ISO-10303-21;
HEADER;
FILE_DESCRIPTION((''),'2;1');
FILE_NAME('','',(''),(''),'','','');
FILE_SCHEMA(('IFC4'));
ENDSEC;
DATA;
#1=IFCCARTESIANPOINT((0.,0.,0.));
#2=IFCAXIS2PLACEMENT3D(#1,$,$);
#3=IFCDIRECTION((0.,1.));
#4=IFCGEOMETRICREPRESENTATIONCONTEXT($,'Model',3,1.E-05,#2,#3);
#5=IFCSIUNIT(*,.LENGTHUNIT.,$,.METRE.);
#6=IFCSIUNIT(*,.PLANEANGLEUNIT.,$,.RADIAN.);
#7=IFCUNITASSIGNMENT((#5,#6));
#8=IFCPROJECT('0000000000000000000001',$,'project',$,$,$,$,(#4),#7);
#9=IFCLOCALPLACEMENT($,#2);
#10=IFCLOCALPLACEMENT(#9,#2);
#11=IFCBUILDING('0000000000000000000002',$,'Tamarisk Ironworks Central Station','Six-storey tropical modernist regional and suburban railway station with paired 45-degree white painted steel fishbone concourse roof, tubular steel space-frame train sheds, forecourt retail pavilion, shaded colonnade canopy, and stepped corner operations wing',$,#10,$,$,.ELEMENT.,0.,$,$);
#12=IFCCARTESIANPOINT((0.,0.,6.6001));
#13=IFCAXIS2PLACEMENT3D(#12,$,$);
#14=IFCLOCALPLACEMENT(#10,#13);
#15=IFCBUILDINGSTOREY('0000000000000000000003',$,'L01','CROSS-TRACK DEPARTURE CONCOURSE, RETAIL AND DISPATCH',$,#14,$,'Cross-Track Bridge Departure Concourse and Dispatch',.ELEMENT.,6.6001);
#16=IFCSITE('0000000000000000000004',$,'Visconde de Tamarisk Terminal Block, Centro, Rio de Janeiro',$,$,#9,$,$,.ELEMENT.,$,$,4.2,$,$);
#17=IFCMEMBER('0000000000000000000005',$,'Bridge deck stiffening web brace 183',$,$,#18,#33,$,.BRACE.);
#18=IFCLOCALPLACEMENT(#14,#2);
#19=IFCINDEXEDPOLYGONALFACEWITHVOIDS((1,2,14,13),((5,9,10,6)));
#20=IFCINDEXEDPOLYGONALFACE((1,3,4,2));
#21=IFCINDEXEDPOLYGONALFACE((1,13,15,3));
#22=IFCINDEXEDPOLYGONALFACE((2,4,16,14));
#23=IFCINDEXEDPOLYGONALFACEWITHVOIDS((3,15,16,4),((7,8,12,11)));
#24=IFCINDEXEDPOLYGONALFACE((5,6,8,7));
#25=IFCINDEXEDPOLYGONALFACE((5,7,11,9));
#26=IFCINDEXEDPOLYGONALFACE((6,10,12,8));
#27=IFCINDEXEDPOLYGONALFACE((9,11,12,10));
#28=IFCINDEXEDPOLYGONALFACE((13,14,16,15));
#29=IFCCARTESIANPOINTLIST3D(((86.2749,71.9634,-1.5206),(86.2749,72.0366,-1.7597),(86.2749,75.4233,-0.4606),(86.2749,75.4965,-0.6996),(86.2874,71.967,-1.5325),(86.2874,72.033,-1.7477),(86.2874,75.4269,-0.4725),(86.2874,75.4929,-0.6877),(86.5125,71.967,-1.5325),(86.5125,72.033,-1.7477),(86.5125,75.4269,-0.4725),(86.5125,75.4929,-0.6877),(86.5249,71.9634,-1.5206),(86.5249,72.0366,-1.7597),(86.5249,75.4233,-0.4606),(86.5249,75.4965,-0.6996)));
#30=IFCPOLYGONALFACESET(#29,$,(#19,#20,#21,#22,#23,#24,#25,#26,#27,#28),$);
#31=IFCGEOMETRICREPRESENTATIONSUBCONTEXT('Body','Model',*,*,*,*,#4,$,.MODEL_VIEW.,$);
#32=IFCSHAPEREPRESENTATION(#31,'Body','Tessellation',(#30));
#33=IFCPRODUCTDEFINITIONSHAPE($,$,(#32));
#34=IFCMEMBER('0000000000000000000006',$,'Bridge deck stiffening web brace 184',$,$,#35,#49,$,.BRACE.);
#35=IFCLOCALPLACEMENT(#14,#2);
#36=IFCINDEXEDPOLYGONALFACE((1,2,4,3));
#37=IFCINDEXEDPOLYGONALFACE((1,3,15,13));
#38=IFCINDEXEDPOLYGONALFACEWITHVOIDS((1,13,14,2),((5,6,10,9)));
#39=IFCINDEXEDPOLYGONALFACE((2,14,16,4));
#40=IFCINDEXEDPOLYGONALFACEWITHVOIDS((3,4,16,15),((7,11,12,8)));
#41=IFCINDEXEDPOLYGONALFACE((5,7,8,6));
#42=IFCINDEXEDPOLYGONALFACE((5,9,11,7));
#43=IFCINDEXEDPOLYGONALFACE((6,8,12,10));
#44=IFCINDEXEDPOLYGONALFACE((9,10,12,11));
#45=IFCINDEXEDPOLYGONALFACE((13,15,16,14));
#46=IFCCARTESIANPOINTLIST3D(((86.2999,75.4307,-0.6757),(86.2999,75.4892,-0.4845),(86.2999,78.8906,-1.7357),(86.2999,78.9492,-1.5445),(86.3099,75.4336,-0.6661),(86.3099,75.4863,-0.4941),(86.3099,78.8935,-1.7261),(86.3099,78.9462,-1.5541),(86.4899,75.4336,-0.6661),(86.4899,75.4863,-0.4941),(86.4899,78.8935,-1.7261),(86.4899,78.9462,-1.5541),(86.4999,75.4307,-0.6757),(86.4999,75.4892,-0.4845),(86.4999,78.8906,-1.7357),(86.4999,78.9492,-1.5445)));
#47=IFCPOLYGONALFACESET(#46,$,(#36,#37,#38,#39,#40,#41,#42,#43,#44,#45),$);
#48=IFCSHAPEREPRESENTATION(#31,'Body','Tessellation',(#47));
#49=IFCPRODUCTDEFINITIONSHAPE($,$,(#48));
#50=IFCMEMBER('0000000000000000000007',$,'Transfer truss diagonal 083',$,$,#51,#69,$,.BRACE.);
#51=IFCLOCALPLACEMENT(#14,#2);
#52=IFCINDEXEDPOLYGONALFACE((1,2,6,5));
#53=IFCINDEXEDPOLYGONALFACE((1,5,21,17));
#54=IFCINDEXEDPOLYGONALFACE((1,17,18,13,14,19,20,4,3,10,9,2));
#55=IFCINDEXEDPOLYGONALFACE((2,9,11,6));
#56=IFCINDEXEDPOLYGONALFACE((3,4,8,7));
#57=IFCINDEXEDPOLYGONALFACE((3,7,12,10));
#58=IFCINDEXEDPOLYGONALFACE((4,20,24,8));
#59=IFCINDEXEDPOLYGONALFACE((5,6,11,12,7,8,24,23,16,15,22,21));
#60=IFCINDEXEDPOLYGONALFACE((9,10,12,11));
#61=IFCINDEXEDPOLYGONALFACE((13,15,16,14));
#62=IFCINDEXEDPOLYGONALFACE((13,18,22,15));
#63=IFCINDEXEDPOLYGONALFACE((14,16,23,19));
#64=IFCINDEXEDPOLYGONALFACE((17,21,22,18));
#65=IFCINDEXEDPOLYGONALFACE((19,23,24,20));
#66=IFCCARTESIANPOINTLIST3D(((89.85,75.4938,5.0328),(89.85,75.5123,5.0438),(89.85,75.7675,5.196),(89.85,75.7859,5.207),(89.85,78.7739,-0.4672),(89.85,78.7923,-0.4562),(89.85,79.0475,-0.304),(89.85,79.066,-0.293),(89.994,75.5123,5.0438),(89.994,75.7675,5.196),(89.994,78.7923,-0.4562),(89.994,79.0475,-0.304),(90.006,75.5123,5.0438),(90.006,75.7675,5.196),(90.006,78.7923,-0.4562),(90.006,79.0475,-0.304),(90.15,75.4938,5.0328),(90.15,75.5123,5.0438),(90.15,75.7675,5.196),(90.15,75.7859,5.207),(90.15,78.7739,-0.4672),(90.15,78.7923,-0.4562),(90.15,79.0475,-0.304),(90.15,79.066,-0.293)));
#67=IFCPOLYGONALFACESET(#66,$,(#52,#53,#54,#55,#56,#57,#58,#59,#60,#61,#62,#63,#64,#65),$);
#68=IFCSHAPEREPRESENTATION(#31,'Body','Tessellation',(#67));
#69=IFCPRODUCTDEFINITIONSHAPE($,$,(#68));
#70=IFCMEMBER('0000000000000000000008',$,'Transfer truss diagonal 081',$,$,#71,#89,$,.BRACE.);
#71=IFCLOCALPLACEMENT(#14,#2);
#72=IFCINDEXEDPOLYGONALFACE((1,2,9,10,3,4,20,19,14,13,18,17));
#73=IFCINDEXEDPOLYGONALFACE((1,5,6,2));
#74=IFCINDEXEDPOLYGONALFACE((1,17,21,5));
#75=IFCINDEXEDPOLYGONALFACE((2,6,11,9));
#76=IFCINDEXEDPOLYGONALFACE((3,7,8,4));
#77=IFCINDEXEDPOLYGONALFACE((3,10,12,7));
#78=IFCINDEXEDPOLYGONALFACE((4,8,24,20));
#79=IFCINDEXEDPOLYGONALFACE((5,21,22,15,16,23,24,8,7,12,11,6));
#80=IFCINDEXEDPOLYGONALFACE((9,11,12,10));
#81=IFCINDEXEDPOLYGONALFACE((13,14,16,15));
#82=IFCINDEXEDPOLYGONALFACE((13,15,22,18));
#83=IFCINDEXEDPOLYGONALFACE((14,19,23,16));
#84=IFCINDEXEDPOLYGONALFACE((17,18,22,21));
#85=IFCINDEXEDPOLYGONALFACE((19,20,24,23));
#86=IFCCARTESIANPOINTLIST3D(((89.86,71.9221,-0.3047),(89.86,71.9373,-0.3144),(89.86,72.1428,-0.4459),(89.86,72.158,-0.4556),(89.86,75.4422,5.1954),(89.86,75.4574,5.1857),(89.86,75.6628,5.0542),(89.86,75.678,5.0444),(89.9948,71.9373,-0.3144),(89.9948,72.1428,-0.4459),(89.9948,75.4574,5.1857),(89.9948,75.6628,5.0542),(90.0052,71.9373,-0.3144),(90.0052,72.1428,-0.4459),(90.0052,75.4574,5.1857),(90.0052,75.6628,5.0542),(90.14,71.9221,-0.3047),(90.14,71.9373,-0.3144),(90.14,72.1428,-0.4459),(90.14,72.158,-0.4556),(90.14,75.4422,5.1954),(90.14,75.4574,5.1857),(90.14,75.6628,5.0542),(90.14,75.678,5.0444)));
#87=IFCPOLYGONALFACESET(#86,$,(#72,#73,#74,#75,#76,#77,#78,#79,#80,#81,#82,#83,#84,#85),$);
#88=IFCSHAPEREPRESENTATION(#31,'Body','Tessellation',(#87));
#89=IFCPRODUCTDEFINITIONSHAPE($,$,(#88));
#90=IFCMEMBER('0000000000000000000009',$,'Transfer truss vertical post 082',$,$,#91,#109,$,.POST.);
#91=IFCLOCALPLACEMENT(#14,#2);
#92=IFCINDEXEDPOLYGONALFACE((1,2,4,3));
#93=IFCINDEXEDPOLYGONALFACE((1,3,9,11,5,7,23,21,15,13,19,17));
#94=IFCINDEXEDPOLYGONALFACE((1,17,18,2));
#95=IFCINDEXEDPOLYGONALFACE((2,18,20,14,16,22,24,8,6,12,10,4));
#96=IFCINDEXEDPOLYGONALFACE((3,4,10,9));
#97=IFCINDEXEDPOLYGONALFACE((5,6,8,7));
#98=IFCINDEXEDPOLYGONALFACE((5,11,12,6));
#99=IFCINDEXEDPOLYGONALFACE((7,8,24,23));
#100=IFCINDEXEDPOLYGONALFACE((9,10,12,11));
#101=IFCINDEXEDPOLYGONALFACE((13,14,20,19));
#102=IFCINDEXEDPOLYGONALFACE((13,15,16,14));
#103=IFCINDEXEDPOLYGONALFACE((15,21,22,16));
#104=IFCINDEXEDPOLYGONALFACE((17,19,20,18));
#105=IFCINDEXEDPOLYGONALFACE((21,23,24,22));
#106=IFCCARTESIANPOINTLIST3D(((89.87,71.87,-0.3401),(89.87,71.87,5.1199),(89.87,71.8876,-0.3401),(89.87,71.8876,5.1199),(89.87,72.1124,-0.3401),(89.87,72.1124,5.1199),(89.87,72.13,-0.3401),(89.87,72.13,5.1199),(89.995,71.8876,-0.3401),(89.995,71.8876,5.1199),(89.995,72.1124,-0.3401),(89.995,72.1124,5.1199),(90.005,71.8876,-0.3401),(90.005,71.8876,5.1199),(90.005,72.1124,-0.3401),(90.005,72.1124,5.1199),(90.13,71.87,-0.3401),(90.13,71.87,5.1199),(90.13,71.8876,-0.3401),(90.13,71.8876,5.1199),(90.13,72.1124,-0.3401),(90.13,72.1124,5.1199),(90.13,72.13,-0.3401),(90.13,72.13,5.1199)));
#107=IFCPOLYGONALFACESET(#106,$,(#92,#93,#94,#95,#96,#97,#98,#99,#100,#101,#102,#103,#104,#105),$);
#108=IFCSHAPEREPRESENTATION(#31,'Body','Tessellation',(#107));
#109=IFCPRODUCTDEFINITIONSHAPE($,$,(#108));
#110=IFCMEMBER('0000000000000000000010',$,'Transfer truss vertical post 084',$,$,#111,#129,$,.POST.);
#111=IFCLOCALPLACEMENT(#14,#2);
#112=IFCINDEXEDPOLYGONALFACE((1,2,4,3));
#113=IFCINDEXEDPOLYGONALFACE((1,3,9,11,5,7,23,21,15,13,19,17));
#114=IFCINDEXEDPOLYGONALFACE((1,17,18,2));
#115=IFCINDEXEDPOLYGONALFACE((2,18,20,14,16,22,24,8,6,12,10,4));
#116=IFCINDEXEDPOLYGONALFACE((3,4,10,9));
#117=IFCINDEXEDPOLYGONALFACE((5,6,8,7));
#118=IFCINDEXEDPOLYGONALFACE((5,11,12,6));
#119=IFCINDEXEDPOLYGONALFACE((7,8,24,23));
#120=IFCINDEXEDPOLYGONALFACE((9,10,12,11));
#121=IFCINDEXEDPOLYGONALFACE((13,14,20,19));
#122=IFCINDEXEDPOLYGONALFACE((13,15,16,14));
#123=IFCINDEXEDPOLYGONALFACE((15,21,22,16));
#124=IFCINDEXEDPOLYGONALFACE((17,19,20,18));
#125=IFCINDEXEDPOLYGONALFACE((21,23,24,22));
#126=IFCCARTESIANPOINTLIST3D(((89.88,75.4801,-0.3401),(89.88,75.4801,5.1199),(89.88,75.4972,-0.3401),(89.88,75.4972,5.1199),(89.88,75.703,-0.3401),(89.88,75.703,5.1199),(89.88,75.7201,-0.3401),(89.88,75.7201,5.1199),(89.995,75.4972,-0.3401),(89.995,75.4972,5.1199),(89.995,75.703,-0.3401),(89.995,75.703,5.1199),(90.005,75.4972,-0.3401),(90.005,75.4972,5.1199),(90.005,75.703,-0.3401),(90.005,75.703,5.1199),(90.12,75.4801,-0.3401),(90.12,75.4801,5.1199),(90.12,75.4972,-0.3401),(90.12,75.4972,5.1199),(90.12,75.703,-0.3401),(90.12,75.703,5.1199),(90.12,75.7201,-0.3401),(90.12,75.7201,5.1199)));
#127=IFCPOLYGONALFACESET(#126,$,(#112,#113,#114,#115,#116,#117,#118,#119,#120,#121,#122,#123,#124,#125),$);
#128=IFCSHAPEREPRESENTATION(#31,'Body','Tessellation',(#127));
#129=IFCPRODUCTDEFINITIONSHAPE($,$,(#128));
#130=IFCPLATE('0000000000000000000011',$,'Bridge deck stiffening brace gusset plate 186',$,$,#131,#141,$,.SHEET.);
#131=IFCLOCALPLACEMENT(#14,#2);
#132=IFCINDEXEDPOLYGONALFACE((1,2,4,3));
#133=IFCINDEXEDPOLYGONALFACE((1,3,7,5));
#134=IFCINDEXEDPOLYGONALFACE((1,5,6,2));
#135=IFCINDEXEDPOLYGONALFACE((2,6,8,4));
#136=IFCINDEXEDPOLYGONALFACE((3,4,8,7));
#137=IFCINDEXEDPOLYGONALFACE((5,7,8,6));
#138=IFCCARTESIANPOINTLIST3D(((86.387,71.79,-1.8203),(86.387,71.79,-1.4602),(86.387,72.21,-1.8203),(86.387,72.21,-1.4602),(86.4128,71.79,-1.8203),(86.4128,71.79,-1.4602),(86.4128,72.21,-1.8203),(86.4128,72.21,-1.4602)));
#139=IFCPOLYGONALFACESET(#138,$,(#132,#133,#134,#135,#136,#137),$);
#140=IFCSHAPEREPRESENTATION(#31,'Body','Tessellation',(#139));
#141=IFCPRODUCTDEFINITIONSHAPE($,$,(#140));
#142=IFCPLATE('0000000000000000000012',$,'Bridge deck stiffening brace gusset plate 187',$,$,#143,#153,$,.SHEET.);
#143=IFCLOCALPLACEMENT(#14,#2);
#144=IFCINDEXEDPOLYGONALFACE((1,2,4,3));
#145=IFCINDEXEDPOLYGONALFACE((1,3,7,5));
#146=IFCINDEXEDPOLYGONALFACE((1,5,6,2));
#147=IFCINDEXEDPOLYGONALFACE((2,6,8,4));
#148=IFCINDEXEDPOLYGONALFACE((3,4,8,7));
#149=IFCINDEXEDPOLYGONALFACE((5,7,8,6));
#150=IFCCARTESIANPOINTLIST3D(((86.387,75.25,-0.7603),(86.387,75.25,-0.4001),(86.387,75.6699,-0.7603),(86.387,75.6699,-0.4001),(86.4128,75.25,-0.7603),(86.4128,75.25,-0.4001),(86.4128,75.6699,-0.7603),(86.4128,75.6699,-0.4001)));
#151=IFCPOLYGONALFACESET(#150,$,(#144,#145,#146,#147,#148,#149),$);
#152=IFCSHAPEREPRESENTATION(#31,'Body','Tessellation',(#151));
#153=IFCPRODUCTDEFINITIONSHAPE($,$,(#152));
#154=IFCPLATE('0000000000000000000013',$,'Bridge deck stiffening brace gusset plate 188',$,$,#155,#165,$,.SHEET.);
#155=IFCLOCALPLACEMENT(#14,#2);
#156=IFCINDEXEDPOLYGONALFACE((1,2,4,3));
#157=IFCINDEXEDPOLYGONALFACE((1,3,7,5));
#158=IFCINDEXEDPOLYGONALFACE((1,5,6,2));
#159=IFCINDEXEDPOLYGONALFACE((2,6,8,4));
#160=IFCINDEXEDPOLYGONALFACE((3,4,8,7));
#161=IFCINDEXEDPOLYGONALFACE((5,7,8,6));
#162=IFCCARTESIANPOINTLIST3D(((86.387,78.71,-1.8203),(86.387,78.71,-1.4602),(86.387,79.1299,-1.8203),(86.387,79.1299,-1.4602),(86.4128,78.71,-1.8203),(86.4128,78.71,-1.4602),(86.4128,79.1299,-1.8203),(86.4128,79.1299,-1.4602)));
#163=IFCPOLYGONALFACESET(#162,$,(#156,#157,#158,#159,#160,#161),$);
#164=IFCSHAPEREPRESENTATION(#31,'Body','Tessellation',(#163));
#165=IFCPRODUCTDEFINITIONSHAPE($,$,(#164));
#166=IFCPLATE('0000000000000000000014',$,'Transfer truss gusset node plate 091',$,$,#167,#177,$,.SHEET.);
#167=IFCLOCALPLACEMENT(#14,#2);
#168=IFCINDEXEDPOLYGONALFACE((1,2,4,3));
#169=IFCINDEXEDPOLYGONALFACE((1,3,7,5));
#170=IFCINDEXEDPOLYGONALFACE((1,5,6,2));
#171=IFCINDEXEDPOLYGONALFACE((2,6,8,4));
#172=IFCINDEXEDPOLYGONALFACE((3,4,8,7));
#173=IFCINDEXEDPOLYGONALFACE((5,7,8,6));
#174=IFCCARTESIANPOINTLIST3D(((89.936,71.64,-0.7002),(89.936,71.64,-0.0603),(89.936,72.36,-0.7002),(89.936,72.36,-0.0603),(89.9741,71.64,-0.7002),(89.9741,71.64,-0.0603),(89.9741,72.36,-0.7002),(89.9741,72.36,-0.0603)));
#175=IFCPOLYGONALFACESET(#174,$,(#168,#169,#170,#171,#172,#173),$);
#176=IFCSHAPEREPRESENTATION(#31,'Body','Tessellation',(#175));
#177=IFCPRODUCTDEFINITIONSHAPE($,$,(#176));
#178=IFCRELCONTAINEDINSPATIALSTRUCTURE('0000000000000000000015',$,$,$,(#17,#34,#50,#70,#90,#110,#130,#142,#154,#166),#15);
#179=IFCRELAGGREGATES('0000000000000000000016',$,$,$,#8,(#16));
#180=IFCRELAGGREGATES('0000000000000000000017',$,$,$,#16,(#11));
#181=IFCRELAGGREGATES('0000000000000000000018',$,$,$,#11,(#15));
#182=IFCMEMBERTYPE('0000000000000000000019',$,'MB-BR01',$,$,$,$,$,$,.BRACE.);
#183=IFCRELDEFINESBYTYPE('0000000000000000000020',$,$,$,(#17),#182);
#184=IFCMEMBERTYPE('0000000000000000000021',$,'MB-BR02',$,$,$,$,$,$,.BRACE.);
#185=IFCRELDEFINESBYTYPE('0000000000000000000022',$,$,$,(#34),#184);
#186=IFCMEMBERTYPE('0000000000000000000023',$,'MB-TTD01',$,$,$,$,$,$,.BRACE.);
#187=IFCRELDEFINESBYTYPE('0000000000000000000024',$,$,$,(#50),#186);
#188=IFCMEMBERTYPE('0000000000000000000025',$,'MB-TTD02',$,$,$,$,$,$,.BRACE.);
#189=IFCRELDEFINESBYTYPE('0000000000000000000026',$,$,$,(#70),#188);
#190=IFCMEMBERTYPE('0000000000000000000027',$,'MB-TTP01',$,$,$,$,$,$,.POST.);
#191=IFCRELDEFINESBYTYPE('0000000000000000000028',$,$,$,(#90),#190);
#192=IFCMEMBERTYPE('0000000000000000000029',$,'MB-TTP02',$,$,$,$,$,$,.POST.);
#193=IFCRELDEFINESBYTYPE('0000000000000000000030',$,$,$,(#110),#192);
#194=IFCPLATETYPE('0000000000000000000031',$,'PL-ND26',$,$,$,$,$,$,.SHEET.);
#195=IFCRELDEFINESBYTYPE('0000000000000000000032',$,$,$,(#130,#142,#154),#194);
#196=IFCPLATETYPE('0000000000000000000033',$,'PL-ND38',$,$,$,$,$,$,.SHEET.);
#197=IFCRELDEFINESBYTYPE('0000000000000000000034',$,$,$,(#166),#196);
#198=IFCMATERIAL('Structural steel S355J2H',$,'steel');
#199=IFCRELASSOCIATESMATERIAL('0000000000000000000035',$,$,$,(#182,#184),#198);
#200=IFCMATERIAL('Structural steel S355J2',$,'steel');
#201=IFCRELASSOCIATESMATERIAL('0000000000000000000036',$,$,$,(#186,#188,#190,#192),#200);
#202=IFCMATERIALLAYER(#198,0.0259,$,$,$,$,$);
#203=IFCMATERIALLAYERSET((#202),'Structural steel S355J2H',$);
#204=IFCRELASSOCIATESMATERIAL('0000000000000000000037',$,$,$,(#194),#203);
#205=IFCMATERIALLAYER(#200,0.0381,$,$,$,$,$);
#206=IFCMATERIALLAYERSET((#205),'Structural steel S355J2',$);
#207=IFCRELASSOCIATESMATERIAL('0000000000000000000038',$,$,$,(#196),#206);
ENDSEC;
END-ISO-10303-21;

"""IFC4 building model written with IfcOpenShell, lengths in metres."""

from ifc_helpers import new_model, si_unit, direction, frame, origin, origin_2d, place, context, subcontext, project, spatial, rectangle, hollow_rectangle, i_section, extrude, material, layer, layer_set, material_profile, profile_set, type_object, element, save


model = new_model("IFC4")

# Units and contexts
model_context = context("Model", 3, precision=1e-05, world=origin(), true_north=direction((0.0, 1.0)))
body_context = subcontext(model_context, "Body", "Model", "MODEL_VIEW")
ifc_project = project(units=[si_unit("LENGTHUNIT", "METRE"), si_unit("PLANEANGLEUNIT", "RADIAN")], contexts=[model_context])

# Site, building, storey
site_placement = place(None, origin())
site = spatial("IfcSite", under=ifc_project, at=site_placement, Name="Visconde de Tamarisk Terminal Block, Centro, Rio de Janeiro", CompositionType="ELEMENT", RefElevation=4.2)
building_placement = place(site_placement, origin())
building = spatial("IfcBuilding", under=site, at=building_placement, Name="Tamarisk Ironworks Central Station", Description="Six-storey tropical modernist regional and suburban railway station with paired 45-degree white painted steel fishbone concourse roof, tubular steel space-frame train sheds, forecourt retail pavilion, shaded colonnade canopy, and stepped corner operations wing", CompositionType="ELEMENT", ElevationOfRefHeight=0.0)
storey_placement = place(building_placement, frame((0.0, 0.0, 6.6001)))
storey = spatial("IfcBuildingStorey", under=building, at=storey_placement, Name="L01", Description="CROSS-TRACK DEPARTURE CONCOURSE, RETAIL AND DISPATCH", LongName="Cross-Track Bridge Departure Concourse and Dispatch", CompositionType="ELEMENT", Elevation=6.6001)

# Shared definitions
ifc_material_1 = material(Name="Structural steel S355J2", Category="steel")

# Members
ifc_material_2 = material(Name="Structural steel S355J2H", Category="steel")
ifc_material_profile_1 = material_profile(ifc_material_2, hollow_rectangle(XDim=0.25, YDim=0.25, WallThickness=0.0125, at=origin_2d()), Name="SHS 250x250x12.5")
ifc_profile_set_1 = profile_set([ifc_material_profile_1], Name="Structural steel S355J2H")
member_type_1 = type_object("IfcMemberType", Name="MB-BR01", PredefinedType="BRACE", material=ifc_profile_set_1)
member_1_placement = place(storey_placement, frame((86.3999, 72.0, -1.6401), z_axis=(0.0, 0.956131, 0.292938), x_axis=(-1.0, 0.0, 0.0)))
element("IfcMember", 1, at=member_1_placement, inside=storey, type_object=member_type_1, Name="Bridge deck stiffening web brace 183", PredefinedType="BRACE", context=body_context, shape_type="SweptSolid", body=[
    extrude(hollow_rectangle(XDim=0.25, YDim=0.25, WallThickness=0.0125, at=origin_2d()), origin(), (0.0, 0.0, 1.0), 3.6187),
])
ifc_material_profile_2 = material_profile(ifc_material_2, hollow_rectangle(XDim=0.2, YDim=0.2, WallThickness=0.01, at=origin_2d()), Name="SHS 200x200x10")
ifc_profile_set_2 = profile_set([ifc_material_profile_2], Name="Structural steel S355J2H")
member_type_2 = type_object("IfcMemberType", Name="MB-BR02", PredefinedType="BRACE", material=ifc_profile_set_2)
member_2_placement = place(storey_placement, frame((86.3999, 75.46, -0.5801), z_axis=(0.0, 0.956131, -0.292938), x_axis=(-1.0, 0.0, 0.0)))
element("IfcMember", 2, at=member_2_placement, inside=storey, type_object=member_type_2, Name="Bridge deck stiffening web brace 184", PredefinedType="BRACE", context=body_context, shape_type="SweptSolid", body=[
    extrude(hollow_rectangle(XDim=0.2, YDim=0.2, WallThickness=0.01, at=origin_2d()), origin(), (0.0, 0.0, 1.0), 3.6187),
])
ifc_material_profile_3 = material_profile(ifc_material_1, i_section(OverallWidth=0.3, OverallDepth=0.3401, WebThickness=0.012, FlangeThickness=0.0215, at=origin_2d()), Name="HEB 340")
ifc_profile_set_3 = profile_set([ifc_material_profile_3], Name="Structural steel S355J2")
member_type_3 = type_object("IfcMemberType", Name="MB-TTD01", PredefinedType="BRACE", material=ifc_profile_set_3)
member_3_placement = place(storey_placement, frame((90.0, 75.6399, 5.1199), z_axis=(0.0, 0.512201, -0.858866), x_axis=(-1.0, 0.0, 0.0)))
element("IfcMember", 3, at=member_3_placement, inside=storey, type_object=member_type_3, Name="Transfer truss diagonal 083", PredefinedType="BRACE", context=body_context, shape_type="SweptSolid", body=[
    extrude(i_section(OverallWidth=0.3, OverallDepth=0.3401, WebThickness=0.012, FlangeThickness=0.0215, at=origin_2d()), origin(), (0.0, 0.0, 1.0), 6.4038),
])
ifc_material_profile_4 = material_profile(ifc_material_1, i_section(OverallWidth=0.28, OverallDepth=0.28, WebThickness=0.0105, FlangeThickness=0.0181, at=origin_2d()), Name="HEB 280")
ifc_profile_set_4 = profile_set([ifc_material_profile_4], Name="Structural steel S355J2")
member_type_4 = type_object("IfcMemberType", Name="MB-TTD02", PredefinedType="BRACE", material=ifc_profile_set_4)
member_4_placement = place(storey_placement, frame((90.0, 72.04, -0.3801), z_axis=(0.0, 0.539056, 0.84227), x_axis=(-1.0, 0.0, 0.0)))
element("IfcMember", 4, at=member_4_placement, inside=storey, type_object=member_type_4, Name="Transfer truss diagonal 081", PredefinedType="BRACE", context=body_context, shape_type="SweptSolid", body=[
    extrude(i_section(OverallWidth=0.28, OverallDepth=0.28, WebThickness=0.0105, FlangeThickness=0.0181, at=origin_2d()), origin(), (0.0, 0.0, 1.0), 6.53),
])
ifc_material_profile_5 = material_profile(ifc_material_1, i_section(OverallWidth=0.26, OverallDepth=0.26, WebThickness=0.01, FlangeThickness=0.0176, at=origin_2d()), Name="HEB 260")
ifc_profile_set_5 = profile_set([ifc_material_profile_5], Name="Structural steel S355J2")
member_type_5 = type_object("IfcMemberType", Name="MB-TTP01", PredefinedType="POST", material=ifc_profile_set_5)
member_5_placement = place(storey_placement, frame((90.0, 72.0, -0.3401), z_axis=(0.0, 0.0, 1.0), x_axis=(1.0, 0.0, 0.0)))
element("IfcMember", 5, at=member_5_placement, inside=storey, type_object=member_type_5, Name="Transfer truss vertical post 082", PredefinedType="POST", context=body_context, shape_type="SweptSolid", body=[
    extrude(i_section(OverallWidth=0.26, OverallDepth=0.26, WebThickness=0.01, FlangeThickness=0.0176, at=origin_2d()), origin(), (0.0, 0.0, 1.0), 5.46),
])
ifc_material_profile_6 = material_profile(ifc_material_1, i_section(OverallWidth=0.24, OverallDepth=0.24, WebThickness=0.01, FlangeThickness=0.0171, at=origin_2d()), Name="HEB 240")
ifc_profile_set_6 = profile_set([ifc_material_profile_6], Name="Structural steel S355J2")
member_type_6 = type_object("IfcMemberType", Name="MB-TTP02", PredefinedType="POST", material=ifc_profile_set_6)
member_6_placement = place(storey_placement, frame((90.0, 75.6001, -0.3401), z_axis=(0.0, 0.0, 1.0), x_axis=(1.0, 0.0, 0.0)))
element("IfcMember", 6, at=member_6_placement, inside=storey, type_object=member_type_6, Name="Transfer truss vertical post 084", PredefinedType="POST", context=body_context, shape_type="SweptSolid", body=[
    extrude(i_section(OverallWidth=0.24, OverallDepth=0.24, WebThickness=0.01, FlangeThickness=0.0171, at=origin_2d()), origin(), (0.0, 0.0, 1.0), 5.46),
])

# Plates
ifc_layer_1 = layer(ifc_material_2, 0.0259)
ifc_layer_set_1 = layer_set([ifc_layer_1], Name="Structural steel S355J2H")
plate_type_1 = type_object("IfcPlateType", Name="PL-ND26", PredefinedType="SHEET", material=ifc_layer_set_1)
for number, where, z_axis, x_axis, name in (
    (7, (86.3999, 72.0, -1.8203), (0.0, 0.0, 1.0), (1.0, 0.0, 0.0), "Bridge deck stiffening brace gusset plate 186"),
    (8, (86.3999, 75.46, -0.7603), (0.0, 0.0, 1.0), (1.0, 0.0, 0.0), "Bridge deck stiffening brace gusset plate 187"),
    (9, (86.3999, 78.9199, -1.8203), (0.0, 0.0, 1.0), (1.0, 0.0, 0.0), "Bridge deck stiffening brace gusset plate 188"),
):
    element("IfcPlate", number, at=place(storey_placement, frame(where, z_axis=z_axis, x_axis=x_axis)), inside=storey, type_object=plate_type_1, Name=name, PredefinedType="SHEET", context=body_context, shape_type="SweptSolid", body=[
        extrude(rectangle(XDim=0.0259, YDim=0.4199, at=origin_2d()), origin(), (0.0, 0.0, 1.0), 0.3601),
    ])
ifc_layer_2 = layer(ifc_material_1, 0.0381)
ifc_layer_set_2 = layer_set([ifc_layer_2], Name="Structural steel S355J2")
plate_type_2 = type_object("IfcPlateType", Name="PL-ND38", PredefinedType="SHEET", material=ifc_layer_set_2)
for number, where, z_axis, x_axis, name in (
    (10, (89.9551, 72.0, -0.7002), (0.0, 0.0, 1.0), (1.0, 0.0, 0.0), "Transfer truss gusset node plate 091"),
):
    element("IfcPlate", number, at=place(storey_placement, frame(where, z_axis=z_axis, x_axis=x_axis)), inside=storey, type_object=plate_type_2, Name=name, PredefinedType="SHEET", context=body_context, shape_type="SweptSolid", body=[
        extrude(rectangle(XDim=0.0381, YDim=0.72, at=origin_2d()), origin(), (0.0, 0.0, 1.0), 0.6399),
    ])

save(model, "model.ifc")
